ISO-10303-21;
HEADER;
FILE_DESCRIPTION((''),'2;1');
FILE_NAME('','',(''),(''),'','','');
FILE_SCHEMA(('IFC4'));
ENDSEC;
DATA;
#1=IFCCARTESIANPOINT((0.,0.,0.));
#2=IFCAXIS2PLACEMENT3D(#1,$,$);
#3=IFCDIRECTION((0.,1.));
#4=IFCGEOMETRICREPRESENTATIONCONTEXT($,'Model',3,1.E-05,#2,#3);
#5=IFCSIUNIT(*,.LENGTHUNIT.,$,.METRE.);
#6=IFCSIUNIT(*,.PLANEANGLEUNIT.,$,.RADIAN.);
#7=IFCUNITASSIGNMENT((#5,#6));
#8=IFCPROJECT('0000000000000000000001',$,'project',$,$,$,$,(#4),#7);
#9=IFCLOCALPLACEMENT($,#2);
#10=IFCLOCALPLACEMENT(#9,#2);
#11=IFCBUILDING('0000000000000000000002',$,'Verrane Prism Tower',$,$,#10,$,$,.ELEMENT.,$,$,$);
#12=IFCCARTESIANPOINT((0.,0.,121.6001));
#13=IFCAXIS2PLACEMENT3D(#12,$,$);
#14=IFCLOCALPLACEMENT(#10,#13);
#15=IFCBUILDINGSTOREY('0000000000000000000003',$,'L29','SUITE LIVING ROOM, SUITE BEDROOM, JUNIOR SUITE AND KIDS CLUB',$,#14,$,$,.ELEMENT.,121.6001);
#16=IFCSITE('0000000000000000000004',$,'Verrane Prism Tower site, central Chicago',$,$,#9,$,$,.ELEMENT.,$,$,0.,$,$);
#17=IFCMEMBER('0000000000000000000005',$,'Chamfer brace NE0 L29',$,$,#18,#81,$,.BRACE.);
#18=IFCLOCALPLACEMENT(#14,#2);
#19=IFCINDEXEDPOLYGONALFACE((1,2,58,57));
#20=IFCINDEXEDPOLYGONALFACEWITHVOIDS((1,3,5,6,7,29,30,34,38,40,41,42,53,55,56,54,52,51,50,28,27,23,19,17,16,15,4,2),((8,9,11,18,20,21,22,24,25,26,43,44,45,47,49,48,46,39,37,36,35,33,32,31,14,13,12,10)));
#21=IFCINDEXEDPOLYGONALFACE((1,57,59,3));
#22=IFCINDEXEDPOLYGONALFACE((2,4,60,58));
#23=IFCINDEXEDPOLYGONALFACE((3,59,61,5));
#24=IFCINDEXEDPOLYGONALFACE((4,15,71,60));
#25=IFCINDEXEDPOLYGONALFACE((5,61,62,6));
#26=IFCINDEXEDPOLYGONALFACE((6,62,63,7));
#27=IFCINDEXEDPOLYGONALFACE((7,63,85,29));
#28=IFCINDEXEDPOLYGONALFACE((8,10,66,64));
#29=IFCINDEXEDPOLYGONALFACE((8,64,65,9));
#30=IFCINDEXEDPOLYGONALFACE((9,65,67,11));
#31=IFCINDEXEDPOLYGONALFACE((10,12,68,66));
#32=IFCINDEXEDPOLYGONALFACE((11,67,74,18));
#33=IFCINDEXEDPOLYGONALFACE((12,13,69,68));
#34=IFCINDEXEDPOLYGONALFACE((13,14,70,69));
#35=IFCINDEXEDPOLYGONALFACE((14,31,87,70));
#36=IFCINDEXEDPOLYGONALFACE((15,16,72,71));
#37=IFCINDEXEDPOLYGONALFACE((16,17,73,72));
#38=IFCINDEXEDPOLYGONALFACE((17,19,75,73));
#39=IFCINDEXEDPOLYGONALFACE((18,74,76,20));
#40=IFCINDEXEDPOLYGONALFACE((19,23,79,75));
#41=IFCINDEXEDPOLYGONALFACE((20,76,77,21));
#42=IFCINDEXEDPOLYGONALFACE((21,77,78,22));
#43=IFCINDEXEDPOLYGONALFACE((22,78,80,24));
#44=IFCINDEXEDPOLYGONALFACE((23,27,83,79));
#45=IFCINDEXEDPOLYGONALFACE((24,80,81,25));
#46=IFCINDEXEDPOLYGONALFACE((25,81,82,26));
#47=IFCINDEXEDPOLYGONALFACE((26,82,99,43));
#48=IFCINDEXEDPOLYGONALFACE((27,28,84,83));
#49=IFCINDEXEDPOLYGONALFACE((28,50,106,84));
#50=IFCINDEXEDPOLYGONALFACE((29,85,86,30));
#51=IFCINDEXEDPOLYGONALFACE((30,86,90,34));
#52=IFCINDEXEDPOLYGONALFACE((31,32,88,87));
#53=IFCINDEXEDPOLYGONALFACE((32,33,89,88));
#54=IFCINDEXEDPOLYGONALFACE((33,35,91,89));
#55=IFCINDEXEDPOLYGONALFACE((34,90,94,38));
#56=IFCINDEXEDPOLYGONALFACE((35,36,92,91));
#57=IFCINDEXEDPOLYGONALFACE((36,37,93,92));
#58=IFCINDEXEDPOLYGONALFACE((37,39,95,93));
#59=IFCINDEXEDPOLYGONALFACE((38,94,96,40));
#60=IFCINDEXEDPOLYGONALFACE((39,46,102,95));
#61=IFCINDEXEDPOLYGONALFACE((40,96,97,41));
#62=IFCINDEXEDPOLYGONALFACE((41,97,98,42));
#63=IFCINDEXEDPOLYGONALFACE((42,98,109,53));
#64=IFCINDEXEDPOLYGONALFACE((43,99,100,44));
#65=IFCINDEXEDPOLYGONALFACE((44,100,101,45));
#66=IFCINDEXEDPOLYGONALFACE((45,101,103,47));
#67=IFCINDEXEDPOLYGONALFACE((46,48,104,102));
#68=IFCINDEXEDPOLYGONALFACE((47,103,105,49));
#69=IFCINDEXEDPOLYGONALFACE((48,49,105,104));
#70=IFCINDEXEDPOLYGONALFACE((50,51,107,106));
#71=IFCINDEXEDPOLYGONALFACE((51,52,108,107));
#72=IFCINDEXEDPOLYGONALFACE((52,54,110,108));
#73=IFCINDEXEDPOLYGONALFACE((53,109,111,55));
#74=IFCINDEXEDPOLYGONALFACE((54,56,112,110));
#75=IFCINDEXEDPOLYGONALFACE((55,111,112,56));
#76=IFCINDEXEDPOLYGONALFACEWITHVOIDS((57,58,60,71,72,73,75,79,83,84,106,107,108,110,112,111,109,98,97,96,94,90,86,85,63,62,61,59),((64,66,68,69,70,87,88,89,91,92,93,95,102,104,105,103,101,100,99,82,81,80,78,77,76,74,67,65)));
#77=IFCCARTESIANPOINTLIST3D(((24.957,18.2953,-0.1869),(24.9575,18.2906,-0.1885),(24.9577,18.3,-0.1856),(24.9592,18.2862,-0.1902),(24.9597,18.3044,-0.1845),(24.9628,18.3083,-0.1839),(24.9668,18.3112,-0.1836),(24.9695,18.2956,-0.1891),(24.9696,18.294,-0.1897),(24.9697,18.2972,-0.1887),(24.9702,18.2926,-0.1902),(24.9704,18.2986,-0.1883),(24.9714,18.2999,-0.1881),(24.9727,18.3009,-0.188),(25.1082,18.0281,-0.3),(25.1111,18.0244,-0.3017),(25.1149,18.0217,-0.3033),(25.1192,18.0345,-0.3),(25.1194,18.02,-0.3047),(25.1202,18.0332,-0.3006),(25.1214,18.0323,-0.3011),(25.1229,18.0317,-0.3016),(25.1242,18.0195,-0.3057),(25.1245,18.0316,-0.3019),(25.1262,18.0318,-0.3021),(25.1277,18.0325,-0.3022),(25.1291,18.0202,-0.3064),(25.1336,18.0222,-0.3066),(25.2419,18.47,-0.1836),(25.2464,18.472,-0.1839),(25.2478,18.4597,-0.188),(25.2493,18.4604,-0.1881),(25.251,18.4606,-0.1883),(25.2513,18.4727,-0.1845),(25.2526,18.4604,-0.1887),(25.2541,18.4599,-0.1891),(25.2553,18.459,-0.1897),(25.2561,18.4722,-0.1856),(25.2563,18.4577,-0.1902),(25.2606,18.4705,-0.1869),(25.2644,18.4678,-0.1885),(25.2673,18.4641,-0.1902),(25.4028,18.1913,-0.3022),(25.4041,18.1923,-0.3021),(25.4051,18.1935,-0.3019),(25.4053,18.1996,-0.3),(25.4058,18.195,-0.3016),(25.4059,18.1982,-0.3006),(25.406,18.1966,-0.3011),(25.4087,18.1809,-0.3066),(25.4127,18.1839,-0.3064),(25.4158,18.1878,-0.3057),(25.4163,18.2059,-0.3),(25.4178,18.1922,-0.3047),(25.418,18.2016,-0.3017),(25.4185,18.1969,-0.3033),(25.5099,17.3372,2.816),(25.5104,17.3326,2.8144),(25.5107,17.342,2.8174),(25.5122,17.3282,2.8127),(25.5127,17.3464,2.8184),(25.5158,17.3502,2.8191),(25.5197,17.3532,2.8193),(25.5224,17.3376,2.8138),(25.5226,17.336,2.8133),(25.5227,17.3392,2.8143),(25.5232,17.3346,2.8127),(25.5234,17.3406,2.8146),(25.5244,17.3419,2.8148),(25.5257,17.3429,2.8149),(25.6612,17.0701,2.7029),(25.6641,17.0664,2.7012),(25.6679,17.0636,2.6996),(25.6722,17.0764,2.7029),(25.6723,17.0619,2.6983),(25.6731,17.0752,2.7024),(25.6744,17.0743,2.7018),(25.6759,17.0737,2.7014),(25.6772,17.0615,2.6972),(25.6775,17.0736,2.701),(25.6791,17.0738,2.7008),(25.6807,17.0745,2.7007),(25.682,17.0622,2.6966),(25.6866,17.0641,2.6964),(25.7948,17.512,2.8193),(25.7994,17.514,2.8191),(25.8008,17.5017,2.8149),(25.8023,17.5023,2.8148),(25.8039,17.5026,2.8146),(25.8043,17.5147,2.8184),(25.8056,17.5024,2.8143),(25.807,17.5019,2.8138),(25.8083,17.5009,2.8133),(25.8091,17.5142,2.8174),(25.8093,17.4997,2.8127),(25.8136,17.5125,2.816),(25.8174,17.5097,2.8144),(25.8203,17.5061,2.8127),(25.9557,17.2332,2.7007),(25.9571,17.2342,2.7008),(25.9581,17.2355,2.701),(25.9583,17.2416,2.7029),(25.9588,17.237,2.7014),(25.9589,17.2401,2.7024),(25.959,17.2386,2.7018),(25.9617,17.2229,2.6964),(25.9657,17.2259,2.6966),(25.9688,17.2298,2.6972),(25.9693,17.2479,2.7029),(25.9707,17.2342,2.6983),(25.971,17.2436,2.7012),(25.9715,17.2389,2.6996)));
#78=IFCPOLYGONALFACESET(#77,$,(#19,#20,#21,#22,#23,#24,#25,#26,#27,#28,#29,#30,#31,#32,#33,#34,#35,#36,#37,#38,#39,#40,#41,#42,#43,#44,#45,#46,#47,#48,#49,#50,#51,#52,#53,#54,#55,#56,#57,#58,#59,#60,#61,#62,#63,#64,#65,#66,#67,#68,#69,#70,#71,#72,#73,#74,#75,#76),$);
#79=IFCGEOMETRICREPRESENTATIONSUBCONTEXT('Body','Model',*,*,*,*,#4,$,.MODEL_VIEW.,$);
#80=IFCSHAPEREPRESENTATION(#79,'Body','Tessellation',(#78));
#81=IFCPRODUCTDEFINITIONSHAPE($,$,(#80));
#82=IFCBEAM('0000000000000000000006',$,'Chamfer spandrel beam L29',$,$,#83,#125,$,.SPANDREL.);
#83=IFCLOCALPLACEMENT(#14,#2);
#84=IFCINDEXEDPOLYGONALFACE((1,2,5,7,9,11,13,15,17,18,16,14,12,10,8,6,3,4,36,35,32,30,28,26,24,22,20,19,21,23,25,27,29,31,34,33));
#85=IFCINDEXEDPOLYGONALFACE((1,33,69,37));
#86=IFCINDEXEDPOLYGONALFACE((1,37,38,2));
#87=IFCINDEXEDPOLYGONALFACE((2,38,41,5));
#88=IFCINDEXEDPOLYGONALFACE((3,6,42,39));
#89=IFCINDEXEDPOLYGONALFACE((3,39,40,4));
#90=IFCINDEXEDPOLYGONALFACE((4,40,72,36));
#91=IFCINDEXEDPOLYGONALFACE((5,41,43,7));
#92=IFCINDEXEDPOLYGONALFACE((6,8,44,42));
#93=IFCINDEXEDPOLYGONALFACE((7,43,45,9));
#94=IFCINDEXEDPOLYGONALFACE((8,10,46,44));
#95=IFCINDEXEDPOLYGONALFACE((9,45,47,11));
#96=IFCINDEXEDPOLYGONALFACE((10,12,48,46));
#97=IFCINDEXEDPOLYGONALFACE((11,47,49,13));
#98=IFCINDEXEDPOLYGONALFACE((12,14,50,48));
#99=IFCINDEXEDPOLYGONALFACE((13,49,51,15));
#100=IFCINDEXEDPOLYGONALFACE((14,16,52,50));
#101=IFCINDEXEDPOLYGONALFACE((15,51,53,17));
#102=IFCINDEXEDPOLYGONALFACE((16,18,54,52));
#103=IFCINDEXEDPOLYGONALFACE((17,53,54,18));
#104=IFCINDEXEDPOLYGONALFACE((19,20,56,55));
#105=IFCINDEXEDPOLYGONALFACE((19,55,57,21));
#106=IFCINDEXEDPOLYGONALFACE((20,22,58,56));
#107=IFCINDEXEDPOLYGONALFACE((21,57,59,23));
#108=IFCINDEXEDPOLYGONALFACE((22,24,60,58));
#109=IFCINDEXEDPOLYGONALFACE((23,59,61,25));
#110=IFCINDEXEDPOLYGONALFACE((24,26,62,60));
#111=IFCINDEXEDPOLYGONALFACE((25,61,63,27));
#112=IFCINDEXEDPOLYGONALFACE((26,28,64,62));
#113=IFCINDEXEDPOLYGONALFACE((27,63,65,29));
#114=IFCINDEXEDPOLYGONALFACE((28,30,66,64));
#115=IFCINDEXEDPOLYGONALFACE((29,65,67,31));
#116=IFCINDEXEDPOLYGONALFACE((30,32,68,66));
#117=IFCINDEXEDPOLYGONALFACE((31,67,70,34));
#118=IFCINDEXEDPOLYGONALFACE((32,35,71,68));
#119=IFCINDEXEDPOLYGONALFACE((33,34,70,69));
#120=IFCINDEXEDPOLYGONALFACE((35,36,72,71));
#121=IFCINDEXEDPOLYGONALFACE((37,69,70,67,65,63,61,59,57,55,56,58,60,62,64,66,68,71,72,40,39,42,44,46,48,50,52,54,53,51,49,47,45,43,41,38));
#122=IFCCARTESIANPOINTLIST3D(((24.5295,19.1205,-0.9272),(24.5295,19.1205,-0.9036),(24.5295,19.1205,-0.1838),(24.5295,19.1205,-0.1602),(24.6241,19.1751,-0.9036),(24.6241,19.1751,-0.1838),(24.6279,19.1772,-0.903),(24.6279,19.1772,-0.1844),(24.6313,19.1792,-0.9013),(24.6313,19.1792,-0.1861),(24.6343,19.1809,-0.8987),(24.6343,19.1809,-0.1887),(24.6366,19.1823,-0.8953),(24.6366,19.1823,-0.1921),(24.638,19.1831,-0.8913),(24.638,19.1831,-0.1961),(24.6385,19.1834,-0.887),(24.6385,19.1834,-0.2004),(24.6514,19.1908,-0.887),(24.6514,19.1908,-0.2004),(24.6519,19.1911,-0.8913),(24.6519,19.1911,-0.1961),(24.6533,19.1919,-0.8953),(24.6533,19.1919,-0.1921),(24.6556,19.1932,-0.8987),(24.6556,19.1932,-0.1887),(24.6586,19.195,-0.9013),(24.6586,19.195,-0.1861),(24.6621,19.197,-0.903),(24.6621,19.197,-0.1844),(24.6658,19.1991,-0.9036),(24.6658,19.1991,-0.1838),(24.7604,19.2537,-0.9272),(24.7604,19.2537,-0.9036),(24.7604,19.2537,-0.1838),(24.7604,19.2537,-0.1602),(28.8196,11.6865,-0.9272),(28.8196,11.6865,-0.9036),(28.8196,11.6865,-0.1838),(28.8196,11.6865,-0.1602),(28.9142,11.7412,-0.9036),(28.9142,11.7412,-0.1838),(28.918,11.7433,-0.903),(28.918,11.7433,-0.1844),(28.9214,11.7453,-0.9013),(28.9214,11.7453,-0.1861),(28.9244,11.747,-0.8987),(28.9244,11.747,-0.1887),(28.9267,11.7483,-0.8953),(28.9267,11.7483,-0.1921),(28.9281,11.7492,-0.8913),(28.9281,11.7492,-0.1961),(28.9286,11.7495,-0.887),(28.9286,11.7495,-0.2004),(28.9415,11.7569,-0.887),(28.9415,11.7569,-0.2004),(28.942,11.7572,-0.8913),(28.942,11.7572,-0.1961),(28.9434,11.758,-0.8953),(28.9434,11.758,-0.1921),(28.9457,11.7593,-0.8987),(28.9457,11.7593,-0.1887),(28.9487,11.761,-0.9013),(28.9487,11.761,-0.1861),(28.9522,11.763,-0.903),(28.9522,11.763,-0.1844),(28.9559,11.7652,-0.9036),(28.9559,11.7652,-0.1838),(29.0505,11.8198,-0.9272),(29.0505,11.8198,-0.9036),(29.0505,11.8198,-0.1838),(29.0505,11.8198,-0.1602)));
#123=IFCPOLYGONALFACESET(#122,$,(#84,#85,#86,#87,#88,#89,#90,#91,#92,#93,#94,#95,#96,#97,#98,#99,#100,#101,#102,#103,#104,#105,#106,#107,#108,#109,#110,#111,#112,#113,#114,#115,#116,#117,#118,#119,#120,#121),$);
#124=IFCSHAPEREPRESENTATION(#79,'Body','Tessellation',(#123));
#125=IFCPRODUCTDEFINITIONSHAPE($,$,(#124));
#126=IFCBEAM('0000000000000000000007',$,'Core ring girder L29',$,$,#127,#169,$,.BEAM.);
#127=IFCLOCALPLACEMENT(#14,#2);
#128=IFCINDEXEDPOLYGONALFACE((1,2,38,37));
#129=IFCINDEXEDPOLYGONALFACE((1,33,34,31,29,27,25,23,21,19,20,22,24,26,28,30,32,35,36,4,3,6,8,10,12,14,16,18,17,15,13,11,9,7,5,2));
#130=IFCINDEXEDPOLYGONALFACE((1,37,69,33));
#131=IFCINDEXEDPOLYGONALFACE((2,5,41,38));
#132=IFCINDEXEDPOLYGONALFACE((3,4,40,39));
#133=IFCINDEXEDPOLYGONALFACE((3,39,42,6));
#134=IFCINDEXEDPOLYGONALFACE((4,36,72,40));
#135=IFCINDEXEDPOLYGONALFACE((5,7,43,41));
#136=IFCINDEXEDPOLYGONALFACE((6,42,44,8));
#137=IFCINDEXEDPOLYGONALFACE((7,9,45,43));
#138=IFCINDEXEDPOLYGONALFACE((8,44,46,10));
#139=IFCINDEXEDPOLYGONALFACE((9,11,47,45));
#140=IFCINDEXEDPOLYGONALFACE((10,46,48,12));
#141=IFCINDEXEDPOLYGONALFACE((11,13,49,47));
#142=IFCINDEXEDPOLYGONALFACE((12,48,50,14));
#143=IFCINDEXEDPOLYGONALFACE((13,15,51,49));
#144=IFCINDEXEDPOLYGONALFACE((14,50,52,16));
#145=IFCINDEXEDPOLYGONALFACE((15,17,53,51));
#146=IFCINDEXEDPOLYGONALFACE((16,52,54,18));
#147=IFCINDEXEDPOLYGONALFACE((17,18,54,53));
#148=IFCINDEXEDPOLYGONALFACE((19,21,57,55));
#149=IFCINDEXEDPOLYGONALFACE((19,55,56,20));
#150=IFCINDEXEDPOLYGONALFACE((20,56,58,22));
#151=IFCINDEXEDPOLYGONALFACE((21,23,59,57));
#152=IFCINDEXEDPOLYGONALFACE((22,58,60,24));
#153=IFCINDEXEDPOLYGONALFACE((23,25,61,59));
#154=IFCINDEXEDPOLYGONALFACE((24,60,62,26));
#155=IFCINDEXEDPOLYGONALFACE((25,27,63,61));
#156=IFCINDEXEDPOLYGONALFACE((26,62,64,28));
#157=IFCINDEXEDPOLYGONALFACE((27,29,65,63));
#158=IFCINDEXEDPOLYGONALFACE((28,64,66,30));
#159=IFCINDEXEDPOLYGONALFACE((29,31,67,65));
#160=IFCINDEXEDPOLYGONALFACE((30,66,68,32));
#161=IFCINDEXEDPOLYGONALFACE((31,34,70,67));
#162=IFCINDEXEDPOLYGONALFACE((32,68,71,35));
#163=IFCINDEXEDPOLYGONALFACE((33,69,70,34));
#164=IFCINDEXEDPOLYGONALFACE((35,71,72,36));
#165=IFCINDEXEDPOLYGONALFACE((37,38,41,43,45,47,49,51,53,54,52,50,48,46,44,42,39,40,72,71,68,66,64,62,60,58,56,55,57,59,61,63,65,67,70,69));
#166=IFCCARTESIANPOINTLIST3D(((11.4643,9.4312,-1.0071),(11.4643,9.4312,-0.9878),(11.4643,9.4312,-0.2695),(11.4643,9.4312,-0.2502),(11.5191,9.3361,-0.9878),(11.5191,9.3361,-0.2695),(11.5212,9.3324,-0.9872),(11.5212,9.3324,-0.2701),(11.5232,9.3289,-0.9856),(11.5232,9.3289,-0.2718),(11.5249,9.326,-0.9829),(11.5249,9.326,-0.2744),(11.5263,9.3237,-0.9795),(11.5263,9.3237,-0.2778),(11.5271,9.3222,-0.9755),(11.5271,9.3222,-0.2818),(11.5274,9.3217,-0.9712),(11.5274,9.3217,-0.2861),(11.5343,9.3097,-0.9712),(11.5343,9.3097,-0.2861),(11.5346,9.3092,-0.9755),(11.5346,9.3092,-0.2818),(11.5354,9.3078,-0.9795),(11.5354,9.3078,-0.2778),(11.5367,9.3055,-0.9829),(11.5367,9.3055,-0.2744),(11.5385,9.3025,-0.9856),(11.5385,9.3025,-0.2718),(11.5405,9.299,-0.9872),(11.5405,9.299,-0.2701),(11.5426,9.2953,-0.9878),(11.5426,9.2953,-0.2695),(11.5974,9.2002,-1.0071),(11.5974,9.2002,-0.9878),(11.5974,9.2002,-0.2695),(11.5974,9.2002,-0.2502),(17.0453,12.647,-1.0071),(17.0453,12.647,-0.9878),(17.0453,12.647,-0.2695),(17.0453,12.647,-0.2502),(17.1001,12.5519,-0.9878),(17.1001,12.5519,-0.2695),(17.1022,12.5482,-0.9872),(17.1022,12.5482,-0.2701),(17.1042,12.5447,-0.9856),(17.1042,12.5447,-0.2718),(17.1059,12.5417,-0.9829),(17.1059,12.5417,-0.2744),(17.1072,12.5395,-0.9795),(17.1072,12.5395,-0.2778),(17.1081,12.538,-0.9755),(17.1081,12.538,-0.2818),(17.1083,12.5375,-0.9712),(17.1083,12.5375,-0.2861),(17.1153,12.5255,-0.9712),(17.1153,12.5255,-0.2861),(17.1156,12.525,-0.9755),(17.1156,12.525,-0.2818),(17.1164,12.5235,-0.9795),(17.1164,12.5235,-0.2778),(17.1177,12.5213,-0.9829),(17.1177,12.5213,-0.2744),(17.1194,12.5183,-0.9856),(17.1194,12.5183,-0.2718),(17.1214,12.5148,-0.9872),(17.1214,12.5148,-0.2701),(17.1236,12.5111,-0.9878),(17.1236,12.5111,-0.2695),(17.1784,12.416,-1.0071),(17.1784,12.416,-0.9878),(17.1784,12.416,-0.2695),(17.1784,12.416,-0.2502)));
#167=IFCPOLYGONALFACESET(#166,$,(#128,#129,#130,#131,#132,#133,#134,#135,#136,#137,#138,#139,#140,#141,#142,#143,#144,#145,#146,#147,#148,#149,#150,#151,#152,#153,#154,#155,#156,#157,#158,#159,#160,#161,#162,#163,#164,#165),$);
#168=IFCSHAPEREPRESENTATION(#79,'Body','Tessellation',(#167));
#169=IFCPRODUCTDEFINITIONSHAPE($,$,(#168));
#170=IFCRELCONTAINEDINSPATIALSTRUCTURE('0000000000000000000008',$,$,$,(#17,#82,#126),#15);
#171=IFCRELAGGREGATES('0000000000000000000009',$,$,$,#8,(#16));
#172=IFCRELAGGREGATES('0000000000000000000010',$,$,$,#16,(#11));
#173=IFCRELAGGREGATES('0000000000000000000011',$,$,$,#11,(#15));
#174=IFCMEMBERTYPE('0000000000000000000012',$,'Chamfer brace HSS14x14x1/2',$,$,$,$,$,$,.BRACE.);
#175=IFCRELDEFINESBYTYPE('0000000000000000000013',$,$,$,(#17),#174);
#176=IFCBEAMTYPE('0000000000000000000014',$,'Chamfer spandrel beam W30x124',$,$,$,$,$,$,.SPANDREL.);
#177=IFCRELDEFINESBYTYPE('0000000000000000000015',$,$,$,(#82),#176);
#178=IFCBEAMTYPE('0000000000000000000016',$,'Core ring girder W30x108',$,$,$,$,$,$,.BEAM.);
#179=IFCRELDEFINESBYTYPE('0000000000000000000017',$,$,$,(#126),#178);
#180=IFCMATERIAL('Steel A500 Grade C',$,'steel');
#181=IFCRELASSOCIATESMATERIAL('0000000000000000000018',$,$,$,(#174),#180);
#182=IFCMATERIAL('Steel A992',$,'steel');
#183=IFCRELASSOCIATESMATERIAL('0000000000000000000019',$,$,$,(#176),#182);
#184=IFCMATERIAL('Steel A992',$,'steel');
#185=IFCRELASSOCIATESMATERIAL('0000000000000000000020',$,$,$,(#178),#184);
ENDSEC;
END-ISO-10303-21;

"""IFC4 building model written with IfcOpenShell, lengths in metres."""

from ifc_helpers import new_model, si_unit, direction, frame, origin, origin_2d, place, context, subcontext, project, spatial, hollow_rectangle, i_section, extrude, material, material_profile, profile_set, type_object, element, save


model = new_model("IFC4")

# Units and contexts
model_context = context("Model", 3, precision=1e-05, world=origin(), true_north=direction((0.0, 1.0)))
body_context = subcontext(model_context, "Body", "Model", "MODEL_VIEW")
ifc_project = project(units=[si_unit("LENGTHUNIT", "METRE"), si_unit("PLANEANGLEUNIT", "RADIAN")], contexts=[model_context])

# Site, building, storey
site_placement = place(None, origin())
site = spatial("IfcSite", under=ifc_project, at=site_placement, Name="Verrane Prism Tower site, central Chicago", CompositionType="ELEMENT", RefElevation=0.0)
building_placement = place(site_placement, origin())
building = spatial("IfcBuilding", under=site, at=building_placement, Name="Verrane Prism Tower", CompositionType="ELEMENT")
storey_placement = place(building_placement, frame((0.0, 0.0, 121.6001)))
storey = spatial("IfcBuildingStorey", under=building, at=storey_placement, Name="L29", Description="SUITE LIVING ROOM, SUITE BEDROOM, JUNIOR SUITE AND KIDS CLUB", CompositionType="ELEMENT", Elevation=121.6001)

# Member
ifc_material_1 = material(Name="Steel A500 Grade C", Category="steel")
ifc_material_profile_1 = material_profile(ifc_material_1, hollow_rectangle(XDim=0.3557, YDim=0.3557, WallThickness=0.0127, InnerFilletRadius=0.0063, OuterFilletRadius=0.019, at=origin_2d()), Name="HSS14x14x1/2")
ifc_profile_set_1 = profile_set([ifc_material_profile_1], Name="Steel A500 Grade C")
member_type_1 = type_object("IfcMemberType", Name="Chamfer brace HSS14x14x1/2", PredefinedType="BRACE", material=ifc_profile_set_1)
member_1_placement = place(storey_placement, frame((25.1877, 18.2461, -0.2451), z_axis=(0.172796, -0.299361, 0.938363), x_axis=(0.866075, 0.499914, 0.0)))
element("IfcMember", 1, at=member_1_placement, inside=storey, type_object=member_type_1, Name="Chamfer brace NE0 L29", PredefinedType="BRACE", context=body_context, shape_type="SweptSolid", body=[
    extrude(hollow_rectangle(XDim=0.3557, YDim=0.3557, WallThickness=0.0127, InnerFilletRadius=0.0063, OuterFilletRadius=0.019, at=origin_2d()), origin(), (0.0, 0.0, 1.0), 3.2002),
])

# Beams
ifc_material_2 = material(Name="Steel A992", Category="steel")
ifc_material_profile_2 = material_profile(ifc_material_2, i_section(OverallWidth=0.2666, OverallDepth=0.7671, WebThickness=0.0149, FlangeThickness=0.0237, FilletRadius=0.0166, at=origin_2d()), Name="W30x124")
ifc_profile_set_2 = profile_set([ifc_material_profile_2], Name="Steel A992")
beam_type_1 = type_object("IfcBeamType", Name="Chamfer spandrel beam W30x124", PredefinedType="SPANDREL", material=ifc_profile_set_2)
beam_1_placement = place(storey_placement, frame((28.9351, 11.7532, -0.5437), z_axis=(-0.499835, 0.866121, 0.0), x_axis=(-0.866121, -0.499835, 0.0)))
element("IfcBeam", 2, at=beam_1_placement, inside=storey, type_object=beam_type_1, Name="Chamfer spandrel beam L29", PredefinedType="SPANDREL", context=body_context, shape_type="SweptSolid", body=[
    extrude(i_section(OverallWidth=0.2666, OverallDepth=0.7671, WebThickness=0.0149, FlangeThickness=0.0237, FilletRadius=0.0166, at=origin_2d()), origin(), (0.0, 0.0, 1.0), 8.583),
])
ifc_material_3 = material(Name="Steel A992", Category="steel")
ifc_material_profile_3 = material_profile(ifc_material_3, i_section(OverallWidth=0.2666, OverallDepth=0.7568, WebThickness=0.0139, FlangeThickness=0.0193, FilletRadius=0.0166, at=origin_2d()), Name="W30x108")
ifc_profile_set_3 = profile_set([ifc_material_profile_3], Name="Steel A992")
beam_type_2 = type_object("IfcBeamType", Name="Core ring girder W30x108", PredefinedType="BEAM", material=ifc_profile_set_3)
beam_2_placement = place(storey_placement, frame((17.1118, 12.5315, -0.6287), z_axis=(-0.866456, -0.499254, 0.0), x_axis=(0.499254, -0.866456, 0.0)))
element("IfcBeam", 3, at=beam_2_placement, inside=storey, type_object=beam_type_2, Name="Core ring girder L29", PredefinedType="BEAM", context=body_context, shape_type="SweptSolid", body=[
    extrude(i_section(OverallWidth=0.2666, OverallDepth=0.7568, WebThickness=0.0139, FlangeThickness=0.0193, FilletRadius=0.0166, at=origin_2d()), origin(), (0.0, 0.0, 1.0), 6.4412),
])

save(model, "model.ifc")
